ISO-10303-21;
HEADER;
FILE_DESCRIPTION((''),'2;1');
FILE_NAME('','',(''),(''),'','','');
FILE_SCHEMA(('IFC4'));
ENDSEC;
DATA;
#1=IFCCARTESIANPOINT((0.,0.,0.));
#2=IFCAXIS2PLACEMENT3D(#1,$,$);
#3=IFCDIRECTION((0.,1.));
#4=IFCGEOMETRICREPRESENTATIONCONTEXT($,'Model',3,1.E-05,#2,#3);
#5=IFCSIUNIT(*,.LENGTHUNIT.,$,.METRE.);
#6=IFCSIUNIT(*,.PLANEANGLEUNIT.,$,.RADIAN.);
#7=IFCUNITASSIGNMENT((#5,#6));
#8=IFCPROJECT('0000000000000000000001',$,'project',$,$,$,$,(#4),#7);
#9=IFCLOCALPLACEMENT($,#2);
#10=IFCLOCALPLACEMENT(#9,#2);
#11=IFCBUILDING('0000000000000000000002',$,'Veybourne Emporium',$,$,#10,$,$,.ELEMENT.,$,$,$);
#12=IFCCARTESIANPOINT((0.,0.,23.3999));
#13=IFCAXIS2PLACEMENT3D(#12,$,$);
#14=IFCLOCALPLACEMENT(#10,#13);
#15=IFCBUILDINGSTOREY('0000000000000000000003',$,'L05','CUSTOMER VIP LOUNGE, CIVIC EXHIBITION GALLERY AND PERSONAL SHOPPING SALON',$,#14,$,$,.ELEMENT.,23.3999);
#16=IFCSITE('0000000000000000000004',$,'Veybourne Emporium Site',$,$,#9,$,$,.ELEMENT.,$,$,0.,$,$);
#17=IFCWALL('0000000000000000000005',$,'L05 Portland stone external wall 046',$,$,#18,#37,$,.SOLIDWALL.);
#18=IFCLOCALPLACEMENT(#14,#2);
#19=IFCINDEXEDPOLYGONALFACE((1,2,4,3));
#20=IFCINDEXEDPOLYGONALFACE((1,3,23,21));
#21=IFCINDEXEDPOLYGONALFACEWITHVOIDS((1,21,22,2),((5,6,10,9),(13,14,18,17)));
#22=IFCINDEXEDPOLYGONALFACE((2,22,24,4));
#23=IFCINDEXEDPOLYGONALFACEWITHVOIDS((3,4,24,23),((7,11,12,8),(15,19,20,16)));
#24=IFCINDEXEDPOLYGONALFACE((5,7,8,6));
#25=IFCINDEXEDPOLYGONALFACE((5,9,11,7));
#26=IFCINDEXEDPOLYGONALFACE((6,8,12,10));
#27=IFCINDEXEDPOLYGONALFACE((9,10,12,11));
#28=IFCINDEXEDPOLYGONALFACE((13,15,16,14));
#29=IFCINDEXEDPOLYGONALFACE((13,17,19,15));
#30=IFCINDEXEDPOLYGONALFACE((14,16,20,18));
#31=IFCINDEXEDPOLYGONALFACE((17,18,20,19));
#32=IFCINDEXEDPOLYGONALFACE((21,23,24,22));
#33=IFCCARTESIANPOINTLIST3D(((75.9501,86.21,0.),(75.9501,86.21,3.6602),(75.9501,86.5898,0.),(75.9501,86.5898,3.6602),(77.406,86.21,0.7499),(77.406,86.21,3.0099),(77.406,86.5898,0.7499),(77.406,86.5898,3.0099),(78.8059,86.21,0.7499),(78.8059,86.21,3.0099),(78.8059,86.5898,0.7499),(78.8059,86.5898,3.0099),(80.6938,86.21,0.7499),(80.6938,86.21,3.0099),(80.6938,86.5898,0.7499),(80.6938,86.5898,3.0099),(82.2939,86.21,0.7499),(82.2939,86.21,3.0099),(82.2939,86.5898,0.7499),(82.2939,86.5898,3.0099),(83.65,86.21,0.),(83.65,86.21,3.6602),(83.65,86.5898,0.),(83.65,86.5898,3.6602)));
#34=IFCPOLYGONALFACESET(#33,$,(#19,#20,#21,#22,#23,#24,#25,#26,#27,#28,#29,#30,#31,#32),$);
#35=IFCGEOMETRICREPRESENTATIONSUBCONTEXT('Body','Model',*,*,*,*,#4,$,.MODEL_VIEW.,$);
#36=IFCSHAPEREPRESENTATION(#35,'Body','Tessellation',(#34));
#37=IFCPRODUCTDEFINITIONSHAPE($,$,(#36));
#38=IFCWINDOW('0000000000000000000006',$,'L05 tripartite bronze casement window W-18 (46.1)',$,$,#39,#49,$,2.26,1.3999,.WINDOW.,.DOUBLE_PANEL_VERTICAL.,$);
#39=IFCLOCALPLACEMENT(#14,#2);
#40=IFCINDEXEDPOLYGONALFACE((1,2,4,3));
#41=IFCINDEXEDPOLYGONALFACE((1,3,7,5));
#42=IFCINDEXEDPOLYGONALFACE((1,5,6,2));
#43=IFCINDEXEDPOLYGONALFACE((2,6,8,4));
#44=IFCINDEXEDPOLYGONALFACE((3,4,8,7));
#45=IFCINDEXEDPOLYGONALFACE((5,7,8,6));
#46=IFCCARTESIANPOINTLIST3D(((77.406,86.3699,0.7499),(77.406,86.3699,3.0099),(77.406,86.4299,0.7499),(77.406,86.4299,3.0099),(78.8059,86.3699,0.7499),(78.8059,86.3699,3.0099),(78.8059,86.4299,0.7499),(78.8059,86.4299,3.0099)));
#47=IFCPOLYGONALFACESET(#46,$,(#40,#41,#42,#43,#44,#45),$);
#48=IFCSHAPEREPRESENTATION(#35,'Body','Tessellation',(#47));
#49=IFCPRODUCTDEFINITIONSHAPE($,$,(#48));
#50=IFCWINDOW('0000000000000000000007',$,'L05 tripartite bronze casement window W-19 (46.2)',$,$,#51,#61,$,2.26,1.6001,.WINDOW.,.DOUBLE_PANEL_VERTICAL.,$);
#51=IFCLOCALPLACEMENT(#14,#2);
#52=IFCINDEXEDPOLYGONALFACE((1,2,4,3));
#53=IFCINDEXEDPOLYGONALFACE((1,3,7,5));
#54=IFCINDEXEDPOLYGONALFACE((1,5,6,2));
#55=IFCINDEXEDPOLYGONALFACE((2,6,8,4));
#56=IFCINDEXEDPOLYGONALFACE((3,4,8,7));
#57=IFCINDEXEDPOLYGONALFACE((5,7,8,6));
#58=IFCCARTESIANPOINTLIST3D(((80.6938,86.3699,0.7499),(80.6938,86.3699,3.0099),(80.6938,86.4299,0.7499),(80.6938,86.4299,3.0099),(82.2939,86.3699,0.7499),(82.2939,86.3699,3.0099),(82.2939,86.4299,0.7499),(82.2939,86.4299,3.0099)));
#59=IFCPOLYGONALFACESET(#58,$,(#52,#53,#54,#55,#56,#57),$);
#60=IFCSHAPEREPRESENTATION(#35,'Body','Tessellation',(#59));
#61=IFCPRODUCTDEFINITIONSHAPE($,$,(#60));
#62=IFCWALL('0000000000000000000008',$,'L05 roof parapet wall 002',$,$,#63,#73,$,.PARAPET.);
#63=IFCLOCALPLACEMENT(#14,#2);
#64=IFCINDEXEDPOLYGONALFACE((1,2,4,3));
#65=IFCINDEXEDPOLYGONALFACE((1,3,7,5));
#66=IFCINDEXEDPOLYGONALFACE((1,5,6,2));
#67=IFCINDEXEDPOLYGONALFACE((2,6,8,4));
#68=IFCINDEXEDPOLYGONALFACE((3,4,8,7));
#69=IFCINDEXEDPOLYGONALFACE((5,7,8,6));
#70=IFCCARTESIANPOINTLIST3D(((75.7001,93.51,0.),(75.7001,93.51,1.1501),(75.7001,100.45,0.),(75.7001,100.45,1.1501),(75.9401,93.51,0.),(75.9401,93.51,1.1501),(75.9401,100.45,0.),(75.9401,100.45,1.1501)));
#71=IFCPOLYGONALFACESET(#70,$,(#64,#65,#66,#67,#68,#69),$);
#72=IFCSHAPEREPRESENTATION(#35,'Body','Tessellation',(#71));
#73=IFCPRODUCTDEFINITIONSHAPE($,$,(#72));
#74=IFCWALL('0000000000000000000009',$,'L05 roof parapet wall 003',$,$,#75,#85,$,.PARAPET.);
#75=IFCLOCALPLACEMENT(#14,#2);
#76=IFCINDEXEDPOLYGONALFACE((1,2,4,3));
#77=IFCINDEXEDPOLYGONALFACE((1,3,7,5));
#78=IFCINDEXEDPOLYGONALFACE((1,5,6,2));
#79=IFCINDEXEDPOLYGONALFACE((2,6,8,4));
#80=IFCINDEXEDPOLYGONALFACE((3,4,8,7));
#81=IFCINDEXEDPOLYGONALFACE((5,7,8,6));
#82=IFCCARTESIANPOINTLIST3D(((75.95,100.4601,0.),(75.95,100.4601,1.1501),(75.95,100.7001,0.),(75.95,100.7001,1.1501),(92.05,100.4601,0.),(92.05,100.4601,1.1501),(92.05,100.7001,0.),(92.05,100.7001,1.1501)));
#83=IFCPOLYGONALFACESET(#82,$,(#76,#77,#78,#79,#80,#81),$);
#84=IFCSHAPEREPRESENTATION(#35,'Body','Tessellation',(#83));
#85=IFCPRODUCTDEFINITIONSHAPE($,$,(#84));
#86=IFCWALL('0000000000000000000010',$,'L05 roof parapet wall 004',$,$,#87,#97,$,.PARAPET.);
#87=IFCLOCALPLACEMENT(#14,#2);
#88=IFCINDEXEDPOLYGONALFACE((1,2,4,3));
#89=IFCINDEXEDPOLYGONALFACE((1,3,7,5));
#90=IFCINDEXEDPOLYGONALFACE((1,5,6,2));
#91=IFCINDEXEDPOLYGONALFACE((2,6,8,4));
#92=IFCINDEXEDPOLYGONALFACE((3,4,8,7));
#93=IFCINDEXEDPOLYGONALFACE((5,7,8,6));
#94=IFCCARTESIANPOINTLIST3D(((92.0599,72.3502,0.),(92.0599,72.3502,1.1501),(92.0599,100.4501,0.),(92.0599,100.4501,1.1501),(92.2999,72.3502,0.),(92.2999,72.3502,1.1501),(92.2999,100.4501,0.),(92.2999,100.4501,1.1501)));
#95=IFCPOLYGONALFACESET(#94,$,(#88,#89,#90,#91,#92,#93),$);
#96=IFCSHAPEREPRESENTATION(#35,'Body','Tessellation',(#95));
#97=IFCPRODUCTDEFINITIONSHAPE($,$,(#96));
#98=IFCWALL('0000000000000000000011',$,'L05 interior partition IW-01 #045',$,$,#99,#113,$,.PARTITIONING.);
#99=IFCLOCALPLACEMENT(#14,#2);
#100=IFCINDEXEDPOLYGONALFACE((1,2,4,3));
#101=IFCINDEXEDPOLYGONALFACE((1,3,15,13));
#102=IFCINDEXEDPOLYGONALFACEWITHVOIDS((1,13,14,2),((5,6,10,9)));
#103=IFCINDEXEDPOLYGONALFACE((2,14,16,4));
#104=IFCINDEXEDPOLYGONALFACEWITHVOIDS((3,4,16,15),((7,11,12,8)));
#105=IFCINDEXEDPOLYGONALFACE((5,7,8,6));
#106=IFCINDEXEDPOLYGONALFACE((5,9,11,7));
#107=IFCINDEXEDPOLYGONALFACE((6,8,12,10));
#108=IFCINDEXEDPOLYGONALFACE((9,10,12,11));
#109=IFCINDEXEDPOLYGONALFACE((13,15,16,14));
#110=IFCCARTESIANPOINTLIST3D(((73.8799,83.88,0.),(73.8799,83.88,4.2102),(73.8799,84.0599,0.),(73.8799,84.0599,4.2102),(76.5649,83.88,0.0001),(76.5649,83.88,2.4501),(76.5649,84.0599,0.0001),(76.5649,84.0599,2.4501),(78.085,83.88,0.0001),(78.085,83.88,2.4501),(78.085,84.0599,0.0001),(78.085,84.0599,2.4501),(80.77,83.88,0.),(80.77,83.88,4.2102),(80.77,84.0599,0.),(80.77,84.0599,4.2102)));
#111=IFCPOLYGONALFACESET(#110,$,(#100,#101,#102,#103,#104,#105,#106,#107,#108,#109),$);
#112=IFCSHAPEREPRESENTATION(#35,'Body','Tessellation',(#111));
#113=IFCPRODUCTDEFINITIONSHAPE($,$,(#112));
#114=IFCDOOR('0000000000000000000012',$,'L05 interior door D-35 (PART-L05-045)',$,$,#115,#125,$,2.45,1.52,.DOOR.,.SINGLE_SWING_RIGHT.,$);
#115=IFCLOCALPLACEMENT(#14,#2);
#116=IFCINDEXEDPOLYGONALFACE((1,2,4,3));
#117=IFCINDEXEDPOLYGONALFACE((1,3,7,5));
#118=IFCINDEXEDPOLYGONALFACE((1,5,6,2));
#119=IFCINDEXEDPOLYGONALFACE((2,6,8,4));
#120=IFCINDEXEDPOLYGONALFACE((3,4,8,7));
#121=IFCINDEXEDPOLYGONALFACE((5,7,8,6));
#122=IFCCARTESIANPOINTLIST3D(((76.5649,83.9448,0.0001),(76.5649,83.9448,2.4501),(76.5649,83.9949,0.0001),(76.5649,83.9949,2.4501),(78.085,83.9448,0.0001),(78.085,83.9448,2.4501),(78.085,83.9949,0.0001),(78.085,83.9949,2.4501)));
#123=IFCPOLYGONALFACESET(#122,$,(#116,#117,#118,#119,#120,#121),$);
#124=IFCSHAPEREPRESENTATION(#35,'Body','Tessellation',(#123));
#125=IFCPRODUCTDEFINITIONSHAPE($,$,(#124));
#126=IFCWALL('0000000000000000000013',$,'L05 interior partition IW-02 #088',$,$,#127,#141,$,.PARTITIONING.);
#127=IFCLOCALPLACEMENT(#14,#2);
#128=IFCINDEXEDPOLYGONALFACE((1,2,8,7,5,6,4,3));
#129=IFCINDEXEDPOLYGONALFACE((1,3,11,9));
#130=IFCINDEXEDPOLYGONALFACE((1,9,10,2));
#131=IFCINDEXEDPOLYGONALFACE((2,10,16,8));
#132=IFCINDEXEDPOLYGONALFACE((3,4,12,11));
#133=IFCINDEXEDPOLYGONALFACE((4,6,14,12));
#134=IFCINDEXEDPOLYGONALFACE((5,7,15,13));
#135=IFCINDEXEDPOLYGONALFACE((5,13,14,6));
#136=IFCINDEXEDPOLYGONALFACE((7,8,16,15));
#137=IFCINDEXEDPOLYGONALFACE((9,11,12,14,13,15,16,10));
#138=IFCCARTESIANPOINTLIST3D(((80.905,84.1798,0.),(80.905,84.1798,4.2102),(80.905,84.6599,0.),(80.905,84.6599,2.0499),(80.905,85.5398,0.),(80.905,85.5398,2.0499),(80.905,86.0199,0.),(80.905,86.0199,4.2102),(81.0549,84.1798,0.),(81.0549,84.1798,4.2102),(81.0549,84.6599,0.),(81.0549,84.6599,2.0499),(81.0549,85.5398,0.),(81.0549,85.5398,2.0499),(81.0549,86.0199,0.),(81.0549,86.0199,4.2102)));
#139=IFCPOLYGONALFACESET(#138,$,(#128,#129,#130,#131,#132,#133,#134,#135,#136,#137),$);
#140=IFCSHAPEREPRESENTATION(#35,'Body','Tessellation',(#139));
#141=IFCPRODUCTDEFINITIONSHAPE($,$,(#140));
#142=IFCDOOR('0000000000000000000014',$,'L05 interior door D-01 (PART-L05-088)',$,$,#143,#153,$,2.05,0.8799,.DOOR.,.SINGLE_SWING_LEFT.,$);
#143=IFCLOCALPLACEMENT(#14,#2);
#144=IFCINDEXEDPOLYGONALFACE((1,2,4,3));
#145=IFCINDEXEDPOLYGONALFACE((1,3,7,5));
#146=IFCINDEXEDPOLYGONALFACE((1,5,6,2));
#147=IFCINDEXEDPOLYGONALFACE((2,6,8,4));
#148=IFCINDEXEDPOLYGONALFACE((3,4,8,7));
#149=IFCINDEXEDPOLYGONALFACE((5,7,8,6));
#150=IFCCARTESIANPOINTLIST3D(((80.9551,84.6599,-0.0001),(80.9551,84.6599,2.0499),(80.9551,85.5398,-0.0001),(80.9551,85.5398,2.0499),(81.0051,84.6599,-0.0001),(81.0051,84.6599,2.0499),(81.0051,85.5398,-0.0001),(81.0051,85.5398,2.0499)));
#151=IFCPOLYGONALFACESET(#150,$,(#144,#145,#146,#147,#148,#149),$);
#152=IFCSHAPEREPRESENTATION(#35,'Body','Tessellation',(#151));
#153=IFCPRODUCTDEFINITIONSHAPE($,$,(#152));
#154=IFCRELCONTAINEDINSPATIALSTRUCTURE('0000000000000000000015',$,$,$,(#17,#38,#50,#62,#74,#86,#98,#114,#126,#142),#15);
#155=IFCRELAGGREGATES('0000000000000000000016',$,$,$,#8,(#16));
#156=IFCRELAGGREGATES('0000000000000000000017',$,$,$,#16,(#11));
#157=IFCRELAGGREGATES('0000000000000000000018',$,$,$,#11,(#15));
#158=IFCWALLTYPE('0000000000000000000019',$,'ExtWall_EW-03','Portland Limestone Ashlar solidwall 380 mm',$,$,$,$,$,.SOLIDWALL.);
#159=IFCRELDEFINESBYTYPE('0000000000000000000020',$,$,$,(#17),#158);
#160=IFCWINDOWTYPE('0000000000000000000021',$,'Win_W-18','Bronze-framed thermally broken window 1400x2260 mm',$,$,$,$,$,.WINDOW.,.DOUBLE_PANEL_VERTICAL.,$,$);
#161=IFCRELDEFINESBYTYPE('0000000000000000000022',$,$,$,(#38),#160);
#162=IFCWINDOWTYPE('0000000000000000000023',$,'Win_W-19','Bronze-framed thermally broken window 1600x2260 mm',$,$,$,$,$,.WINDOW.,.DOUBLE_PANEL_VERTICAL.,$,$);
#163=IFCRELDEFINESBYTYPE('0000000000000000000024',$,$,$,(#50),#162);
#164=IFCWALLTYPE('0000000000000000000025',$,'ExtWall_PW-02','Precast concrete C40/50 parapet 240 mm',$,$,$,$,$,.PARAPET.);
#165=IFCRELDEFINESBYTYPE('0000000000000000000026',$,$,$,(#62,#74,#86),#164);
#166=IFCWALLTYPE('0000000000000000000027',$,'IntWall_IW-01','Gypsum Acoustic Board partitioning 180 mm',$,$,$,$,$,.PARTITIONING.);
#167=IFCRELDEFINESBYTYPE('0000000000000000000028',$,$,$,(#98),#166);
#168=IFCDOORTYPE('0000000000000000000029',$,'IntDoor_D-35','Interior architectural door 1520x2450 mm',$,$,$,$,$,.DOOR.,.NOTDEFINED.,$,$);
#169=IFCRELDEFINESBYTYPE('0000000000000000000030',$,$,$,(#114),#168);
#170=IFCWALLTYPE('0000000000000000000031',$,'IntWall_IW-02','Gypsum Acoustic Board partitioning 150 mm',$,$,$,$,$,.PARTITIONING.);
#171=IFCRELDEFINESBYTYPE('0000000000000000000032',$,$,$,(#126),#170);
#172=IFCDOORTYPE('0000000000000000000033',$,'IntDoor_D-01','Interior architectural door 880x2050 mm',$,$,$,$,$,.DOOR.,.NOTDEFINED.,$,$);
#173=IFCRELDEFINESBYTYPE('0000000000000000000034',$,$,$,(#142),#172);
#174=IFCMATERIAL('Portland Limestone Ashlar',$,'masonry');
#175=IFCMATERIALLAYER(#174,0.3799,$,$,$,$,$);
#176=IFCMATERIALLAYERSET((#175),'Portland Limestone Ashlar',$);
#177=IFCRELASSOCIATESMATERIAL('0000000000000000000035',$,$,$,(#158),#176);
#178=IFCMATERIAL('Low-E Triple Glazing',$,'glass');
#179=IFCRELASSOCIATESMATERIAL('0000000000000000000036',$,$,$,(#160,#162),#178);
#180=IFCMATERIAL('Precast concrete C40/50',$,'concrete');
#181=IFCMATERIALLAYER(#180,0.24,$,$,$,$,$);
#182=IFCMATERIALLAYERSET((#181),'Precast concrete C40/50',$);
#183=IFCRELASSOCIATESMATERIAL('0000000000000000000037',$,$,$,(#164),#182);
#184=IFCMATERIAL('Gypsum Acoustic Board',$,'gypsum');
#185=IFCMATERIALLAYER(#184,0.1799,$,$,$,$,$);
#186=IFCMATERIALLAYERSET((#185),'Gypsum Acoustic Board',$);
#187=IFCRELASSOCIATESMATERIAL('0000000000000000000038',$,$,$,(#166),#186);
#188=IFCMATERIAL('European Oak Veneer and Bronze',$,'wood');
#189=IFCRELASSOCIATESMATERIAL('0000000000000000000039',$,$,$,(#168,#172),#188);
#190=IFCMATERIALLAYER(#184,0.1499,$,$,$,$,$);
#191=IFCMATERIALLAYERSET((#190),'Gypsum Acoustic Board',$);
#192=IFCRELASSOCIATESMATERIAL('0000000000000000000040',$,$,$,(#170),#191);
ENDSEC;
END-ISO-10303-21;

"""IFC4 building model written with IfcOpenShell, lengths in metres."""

from ifc_helpers import new_model, si_unit, direction, frame, frame_2d, origin, place, context, subcontext, project, spatial, rectangle, extrude, material, layer, layer_set, type_object, element, fill, save


model = new_model("IFC4")

# Units and contexts
model_context = context("Model", 3, precision=1e-05, world=origin(), true_north=direction((0.0, 1.0)))
body_context = subcontext(model_context, "Body", "Model", "MODEL_VIEW")
ifc_project = project(units=[si_unit("LENGTHUNIT", "METRE"), si_unit("PLANEANGLEUNIT", "RADIAN")], contexts=[model_context])

# Site, building, storey
site_placement = place(None, origin())
site = spatial("IfcSite", under=ifc_project, at=site_placement, Name="Veybourne Emporium Site", CompositionType="ELEMENT", RefElevation=0.0)
building_placement = place(site_placement, origin())
building = spatial("IfcBuilding", under=site, at=building_placement, Name="Veybourne Emporium", CompositionType="ELEMENT")
storey_placement = place(building_placement, frame((0.0, 0.0, 23.3999)))
storey = spatial("IfcBuildingStorey", under=building, at=storey_placement, Name="L05", Description="CUSTOMER VIP LOUNGE, CIVIC EXHIBITION GALLERY AND PERSONAL SHOPPING SALON", CompositionType="ELEMENT", Elevation=23.3999)

# Wall, openings, windows
ifc_material_1 = material(Name="Portland Limestone Ashlar", Category="masonry")
ifc_layer_1 = layer(ifc_material_1, 0.3799)
ifc_layer_set_1 = layer_set([ifc_layer_1], Name="Portland Limestone Ashlar")
wall_type_1 = type_object("IfcWallType", Name="ExtWall_EW-03", Description="Portland Limestone Ashlar solidwall 380 mm", PredefinedType="SOLIDWALL", material=ifc_layer_set_1)
ifc_material_2 = material(Name="Low-E Triple Glazing", Category="glass")
wall_1_placement = place(storey_placement, frame((75.95, 86.3999, 0.0), z_axis=(0.0, 0.0, 1.0), x_axis=(1.0, 0.0, 0.0)))
wall_1 = element("IfcWall", 1, at=wall_1_placement, inside=storey, type_object=wall_type_1, Name="L05 Portland stone external wall 046", PredefinedType="SOLIDWALL", context=body_context, shape_type="SweptSolid", body=[
    extrude(rectangle(XDim=7.7, YDim=0.3799, at=frame_2d((3.8501, 0.0))), origin(), (0.0, 0.0, 1.0), 3.6602),
])
opening_1_placement = place(wall_1_placement, frame((1.4561, 0.0, 0.75)))
opening_1 = element("IfcOpeningElement", 2, at=opening_1_placement, cuts=wall_1, PredefinedType="OPENING", context=body_context, shape_type="SweptSolid", body=[
    extrude(rectangle(XDim=1.3999, YDim=2.26, at=frame_2d((0.7, 1.1299))), frame((0.0, 0.21, 0.0), z_axis=(0.0, -1.0, 0.0), x_axis=(1.0, 0.0, 0.0)), (0.0, 0.0, 1.0), 0.4199),
])
opening_2_placement = place(wall_1_placement, frame((4.7439, 0.0, 0.75)))
opening_2 = element("IfcOpeningElement", 3, at=opening_2_placement, cuts=wall_1, PredefinedType="OPENING", context=body_context, shape_type="SweptSolid", body=[
    extrude(rectangle(XDim=1.6001, YDim=2.26, at=frame_2d((0.8, 1.1299))), frame((0.0, 0.21, 0.0), z_axis=(0.0, -1.0, 0.0), x_axis=(1.0, 0.0, 0.0)), (0.0, 0.0, 1.0), 0.4199),
])
window_type_1 = type_object("IfcWindowType", Name="Win_W-18", Description="Bronze-framed thermally broken window 1400x2260 mm", PartitioningType="DOUBLE_PANEL_VERTICAL", PredefinedType="WINDOW", material=ifc_material_2)
window_1_placement = place(opening_1_placement, origin())
window_1 = element("IfcWindow", 4, at=window_1_placement, inside=storey, type_object=window_type_1, Name="L05 tripartite bronze casement window W-18 (46.1)", OverallHeight=2.26, OverallWidth=1.3999, PartitioningType="DOUBLE_PANEL_VERTICAL", PredefinedType="WINDOW", context=body_context, shape_type="SweptSolid", body=[
    extrude(rectangle(XDim=1.3999, YDim=2.26, at=frame_2d((0.7, 1.1299))), frame((0.0, 0.03, 0.0), z_axis=(0.0, -1.0, 0.0), x_axis=(1.0, 0.0, 0.0)), (0.0, 0.0, 1.0), 0.0601),
])
fill(opening_1, window_1)
window_type_2 = type_object("IfcWindowType", Name="Win_W-19", Description="Bronze-framed thermally broken window 1600x2260 mm", PartitioningType="DOUBLE_PANEL_VERTICAL", PredefinedType="WINDOW", material=ifc_material_2)
window_2_placement = place(opening_2_placement, origin())
window_2 = element("IfcWindow", 5, at=window_2_placement, inside=storey, type_object=window_type_2, Name="L05 tripartite bronze casement window W-19 (46.2)", OverallHeight=2.26, OverallWidth=1.6001, PartitioningType="DOUBLE_PANEL_VERTICAL", PredefinedType="WINDOW", context=body_context, shape_type="SweptSolid", body=[
    extrude(rectangle(XDim=1.6001, YDim=2.26, at=frame_2d((0.8, 1.1299))), frame((0.0, 0.03, 0.0), z_axis=(0.0, -1.0, 0.0), x_axis=(1.0, 0.0, 0.0)), (0.0, 0.0, 1.0), 0.0601),
])
fill(opening_2, window_2)

# Walls
ifc_material_3 = material(Name="Precast concrete C40/50", Category="concrete")
ifc_layer_2 = layer(ifc_material_3, 0.24)
ifc_layer_set_2 = layer_set([ifc_layer_2], Name="Precast concrete C40/50")
wall_type_2 = type_object("IfcWallType", Name="ExtWall_PW-02", Description="Precast concrete C40/50 parapet 240 mm", PredefinedType="PARAPET", material=ifc_layer_set_2)
wall_2_placement = place(storey_placement, frame((75.8201, 93.51, 0.0), z_axis=(0.0, 0.0, 1.0), x_axis=(0.0, 1.0, 0.0)))
element("IfcWall", 6, at=wall_2_placement, inside=storey, type_object=wall_type_2, Name="L05 roof parapet wall 002", PredefinedType="PARAPET", context=body_context, shape_type="SweptSolid", body=[
    extrude(rectangle(XDim=6.9399, YDim=0.24, at=frame_2d((3.47, 0.0))), origin(), (0.0, 0.0, 1.0), 1.1501),
])
wall_3_placement = place(storey_placement, frame((75.95, 100.5801, 0.0), z_axis=(0.0, 0.0, 1.0), x_axis=(1.0, 0.0, 0.0)))
element("IfcWall", 7, at=wall_3_placement, inside=storey, type_object=wall_type_2, Name="L05 roof parapet wall 003", PredefinedType="PARAPET", context=body_context, shape_type="SweptSolid", body=[
    extrude(rectangle(XDim=16.1001, YDim=0.24, at=frame_2d((8.05, 0.0))), origin(), (0.0, 0.0, 1.0), 1.1501),
])
wall_4_placement = place(storey_placement, frame((92.1799, 100.45, 0.0), z_axis=(0.0, 0.0, 1.0), x_axis=(0.0, -1.0, 0.0)))
element("IfcWall", 8, at=wall_4_placement, inside=storey, type_object=wall_type_2, Name="L05 roof parapet wall 004", PredefinedType="PARAPET", context=body_context, shape_type="SweptSolid", body=[
    extrude(rectangle(XDim=28.0999, YDim=0.24, at=frame_2d((14.0498, 0.0))), origin(), (0.0, 0.0, 1.0), 1.1501),
])

# Walls, openings, doors
ifc_material_4 = material(Name="Gypsum Acoustic Board", Category="gypsum")
ifc_layer_3 = layer(ifc_material_4, 0.1799)
ifc_layer_set_3 = layer_set([ifc_layer_3], Name="Gypsum Acoustic Board")
wall_type_3 = type_object("IfcWallType", Name="IntWall_IW-01", Description="Gypsum Acoustic Board partitioning 180 mm", PredefinedType="PARTITIONING", material=ifc_layer_set_3)
wall_5_placement = place(storey_placement, frame((73.8799, 83.97, 0.0), z_axis=(0.0, 0.0, 1.0), x_axis=(1.0, 0.0, 0.0)))
wall_5 = element("IfcWall", 9, at=wall_5_placement, inside=storey, type_object=wall_type_3, Name="L05 interior partition IW-01 #045", PredefinedType="PARTITIONING", context=body_context, shape_type="SweptSolid", body=[
    extrude(rectangle(XDim=6.8901, YDim=0.1799, at=frame_2d((3.4451, 0.0))), origin(), (0.0, 0.0, 1.0), 4.2102),
])
opening_3_placement = place(wall_5_placement, frame((2.6851, 0.0, 0.0)))
opening_3 = element("IfcOpeningElement", 10, at=opening_3_placement, cuts=wall_5, PredefinedType="OPENING", context=body_context, shape_type="SweptSolid", body=[
    extrude(rectangle(XDim=1.52, YDim=2.45, at=frame_2d((0.76, 1.2251))), frame((0.0, 0.1099, 0.0), z_axis=(0.0, -1.0, 0.0), x_axis=(1.0, 0.0, 0.0)), (0.0, 0.0, 1.0), 0.22),
])
ifc_material_5 = material(Name="European Oak Veneer and Bronze", Category="wood")
door_type_1 = type_object("IfcDoorType", Name="IntDoor_D-35", Description="Interior architectural door 1520x2450 mm", OperationType="NOTDEFINED", PredefinedType="DOOR", material=ifc_material_5)
door_1_placement = place(opening_3_placement, origin())
door_1 = element("IfcDoor", 11, at=door_1_placement, inside=storey, type_object=door_type_1, Name="L05 interior door D-35 (PART-L05-045)", OperationType="SINGLE_SWING_RIGHT", OverallHeight=2.45, OverallWidth=1.52, PredefinedType="DOOR", context=body_context, shape_type="SweptSolid", body=[
    extrude(rectangle(XDim=1.52, YDim=2.45, at=frame_2d((0.76, 1.2251))), frame((0.0, 0.0249, 0.0), z_axis=(0.0, -1.0, 0.0), x_axis=(1.0, 0.0, 0.0)), (0.0, 0.0, 1.0), 0.05),
])
fill(opening_3, door_1)
ifc_layer_4 = layer(ifc_material_4, 0.1499)
ifc_layer_set_4 = layer_set([ifc_layer_4], Name="Gypsum Acoustic Board")
wall_type_4 = type_object("IfcWallType", Name="IntWall_IW-02", Description="Gypsum Acoustic Board partitioning 150 mm", PredefinedType="PARTITIONING", material=ifc_layer_set_4)
wall_6_placement = place(storey_placement, frame((80.98, 84.1799, 0.0), z_axis=(0.0, 0.0, 1.0), x_axis=(0.0, 1.0, 0.0)))
wall_6 = element("IfcWall", 12, at=wall_6_placement, inside=storey, type_object=wall_type_4, Name="L05 interior partition IW-02 #088", PredefinedType="PARTITIONING", context=body_context, shape_type="SweptSolid", body=[
    extrude(rectangle(XDim=1.8401, YDim=0.1499, at=frame_2d((0.9199, 0.0))), origin(), (0.0, 0.0, 1.0), 4.2102),
])
opening_4_placement = place(wall_6_placement, frame((0.48, 0.0, 0.0)))
opening_4 = element("IfcOpeningElement", 13, at=opening_4_placement, cuts=wall_6, PredefinedType="OPENING", context=body_context, shape_type="SweptSolid", body=[
    extrude(rectangle(XDim=0.8799, YDim=2.05, at=frame_2d((0.4399, 1.0249))), frame((0.0, 0.095, 0.0), z_axis=(0.0, -1.0, 0.0), x_axis=(1.0, 0.0, 0.0)), (0.0, 0.0, 1.0), 0.1899),
])
door_type_2 = type_object("IfcDoorType", Name="IntDoor_D-01", Description="Interior architectural door 880x2050 mm", OperationType="NOTDEFINED", PredefinedType="DOOR", material=ifc_material_5)
door_2_placement = place(opening_4_placement, origin())
door_2 = element("IfcDoor", 14, at=door_2_placement, inside=storey, type_object=door_type_2, Name="L05 interior door D-01 (PART-L05-088)", OperationType="SINGLE_SWING_LEFT", OverallHeight=2.05, OverallWidth=0.8799, PredefinedType="DOOR", context=body_context, shape_type="SweptSolid", body=[
    extrude(rectangle(XDim=0.8799, YDim=2.05, at=frame_2d((0.4399, 1.0249))), frame((0.0, 0.0249, 0.0), z_axis=(0.0, -1.0, 0.0), x_axis=(1.0, 0.0, 0.0)), (0.0, 0.0, 1.0), 0.05),
])
fill(opening_4, door_2)

save(model, "model.ifc")
